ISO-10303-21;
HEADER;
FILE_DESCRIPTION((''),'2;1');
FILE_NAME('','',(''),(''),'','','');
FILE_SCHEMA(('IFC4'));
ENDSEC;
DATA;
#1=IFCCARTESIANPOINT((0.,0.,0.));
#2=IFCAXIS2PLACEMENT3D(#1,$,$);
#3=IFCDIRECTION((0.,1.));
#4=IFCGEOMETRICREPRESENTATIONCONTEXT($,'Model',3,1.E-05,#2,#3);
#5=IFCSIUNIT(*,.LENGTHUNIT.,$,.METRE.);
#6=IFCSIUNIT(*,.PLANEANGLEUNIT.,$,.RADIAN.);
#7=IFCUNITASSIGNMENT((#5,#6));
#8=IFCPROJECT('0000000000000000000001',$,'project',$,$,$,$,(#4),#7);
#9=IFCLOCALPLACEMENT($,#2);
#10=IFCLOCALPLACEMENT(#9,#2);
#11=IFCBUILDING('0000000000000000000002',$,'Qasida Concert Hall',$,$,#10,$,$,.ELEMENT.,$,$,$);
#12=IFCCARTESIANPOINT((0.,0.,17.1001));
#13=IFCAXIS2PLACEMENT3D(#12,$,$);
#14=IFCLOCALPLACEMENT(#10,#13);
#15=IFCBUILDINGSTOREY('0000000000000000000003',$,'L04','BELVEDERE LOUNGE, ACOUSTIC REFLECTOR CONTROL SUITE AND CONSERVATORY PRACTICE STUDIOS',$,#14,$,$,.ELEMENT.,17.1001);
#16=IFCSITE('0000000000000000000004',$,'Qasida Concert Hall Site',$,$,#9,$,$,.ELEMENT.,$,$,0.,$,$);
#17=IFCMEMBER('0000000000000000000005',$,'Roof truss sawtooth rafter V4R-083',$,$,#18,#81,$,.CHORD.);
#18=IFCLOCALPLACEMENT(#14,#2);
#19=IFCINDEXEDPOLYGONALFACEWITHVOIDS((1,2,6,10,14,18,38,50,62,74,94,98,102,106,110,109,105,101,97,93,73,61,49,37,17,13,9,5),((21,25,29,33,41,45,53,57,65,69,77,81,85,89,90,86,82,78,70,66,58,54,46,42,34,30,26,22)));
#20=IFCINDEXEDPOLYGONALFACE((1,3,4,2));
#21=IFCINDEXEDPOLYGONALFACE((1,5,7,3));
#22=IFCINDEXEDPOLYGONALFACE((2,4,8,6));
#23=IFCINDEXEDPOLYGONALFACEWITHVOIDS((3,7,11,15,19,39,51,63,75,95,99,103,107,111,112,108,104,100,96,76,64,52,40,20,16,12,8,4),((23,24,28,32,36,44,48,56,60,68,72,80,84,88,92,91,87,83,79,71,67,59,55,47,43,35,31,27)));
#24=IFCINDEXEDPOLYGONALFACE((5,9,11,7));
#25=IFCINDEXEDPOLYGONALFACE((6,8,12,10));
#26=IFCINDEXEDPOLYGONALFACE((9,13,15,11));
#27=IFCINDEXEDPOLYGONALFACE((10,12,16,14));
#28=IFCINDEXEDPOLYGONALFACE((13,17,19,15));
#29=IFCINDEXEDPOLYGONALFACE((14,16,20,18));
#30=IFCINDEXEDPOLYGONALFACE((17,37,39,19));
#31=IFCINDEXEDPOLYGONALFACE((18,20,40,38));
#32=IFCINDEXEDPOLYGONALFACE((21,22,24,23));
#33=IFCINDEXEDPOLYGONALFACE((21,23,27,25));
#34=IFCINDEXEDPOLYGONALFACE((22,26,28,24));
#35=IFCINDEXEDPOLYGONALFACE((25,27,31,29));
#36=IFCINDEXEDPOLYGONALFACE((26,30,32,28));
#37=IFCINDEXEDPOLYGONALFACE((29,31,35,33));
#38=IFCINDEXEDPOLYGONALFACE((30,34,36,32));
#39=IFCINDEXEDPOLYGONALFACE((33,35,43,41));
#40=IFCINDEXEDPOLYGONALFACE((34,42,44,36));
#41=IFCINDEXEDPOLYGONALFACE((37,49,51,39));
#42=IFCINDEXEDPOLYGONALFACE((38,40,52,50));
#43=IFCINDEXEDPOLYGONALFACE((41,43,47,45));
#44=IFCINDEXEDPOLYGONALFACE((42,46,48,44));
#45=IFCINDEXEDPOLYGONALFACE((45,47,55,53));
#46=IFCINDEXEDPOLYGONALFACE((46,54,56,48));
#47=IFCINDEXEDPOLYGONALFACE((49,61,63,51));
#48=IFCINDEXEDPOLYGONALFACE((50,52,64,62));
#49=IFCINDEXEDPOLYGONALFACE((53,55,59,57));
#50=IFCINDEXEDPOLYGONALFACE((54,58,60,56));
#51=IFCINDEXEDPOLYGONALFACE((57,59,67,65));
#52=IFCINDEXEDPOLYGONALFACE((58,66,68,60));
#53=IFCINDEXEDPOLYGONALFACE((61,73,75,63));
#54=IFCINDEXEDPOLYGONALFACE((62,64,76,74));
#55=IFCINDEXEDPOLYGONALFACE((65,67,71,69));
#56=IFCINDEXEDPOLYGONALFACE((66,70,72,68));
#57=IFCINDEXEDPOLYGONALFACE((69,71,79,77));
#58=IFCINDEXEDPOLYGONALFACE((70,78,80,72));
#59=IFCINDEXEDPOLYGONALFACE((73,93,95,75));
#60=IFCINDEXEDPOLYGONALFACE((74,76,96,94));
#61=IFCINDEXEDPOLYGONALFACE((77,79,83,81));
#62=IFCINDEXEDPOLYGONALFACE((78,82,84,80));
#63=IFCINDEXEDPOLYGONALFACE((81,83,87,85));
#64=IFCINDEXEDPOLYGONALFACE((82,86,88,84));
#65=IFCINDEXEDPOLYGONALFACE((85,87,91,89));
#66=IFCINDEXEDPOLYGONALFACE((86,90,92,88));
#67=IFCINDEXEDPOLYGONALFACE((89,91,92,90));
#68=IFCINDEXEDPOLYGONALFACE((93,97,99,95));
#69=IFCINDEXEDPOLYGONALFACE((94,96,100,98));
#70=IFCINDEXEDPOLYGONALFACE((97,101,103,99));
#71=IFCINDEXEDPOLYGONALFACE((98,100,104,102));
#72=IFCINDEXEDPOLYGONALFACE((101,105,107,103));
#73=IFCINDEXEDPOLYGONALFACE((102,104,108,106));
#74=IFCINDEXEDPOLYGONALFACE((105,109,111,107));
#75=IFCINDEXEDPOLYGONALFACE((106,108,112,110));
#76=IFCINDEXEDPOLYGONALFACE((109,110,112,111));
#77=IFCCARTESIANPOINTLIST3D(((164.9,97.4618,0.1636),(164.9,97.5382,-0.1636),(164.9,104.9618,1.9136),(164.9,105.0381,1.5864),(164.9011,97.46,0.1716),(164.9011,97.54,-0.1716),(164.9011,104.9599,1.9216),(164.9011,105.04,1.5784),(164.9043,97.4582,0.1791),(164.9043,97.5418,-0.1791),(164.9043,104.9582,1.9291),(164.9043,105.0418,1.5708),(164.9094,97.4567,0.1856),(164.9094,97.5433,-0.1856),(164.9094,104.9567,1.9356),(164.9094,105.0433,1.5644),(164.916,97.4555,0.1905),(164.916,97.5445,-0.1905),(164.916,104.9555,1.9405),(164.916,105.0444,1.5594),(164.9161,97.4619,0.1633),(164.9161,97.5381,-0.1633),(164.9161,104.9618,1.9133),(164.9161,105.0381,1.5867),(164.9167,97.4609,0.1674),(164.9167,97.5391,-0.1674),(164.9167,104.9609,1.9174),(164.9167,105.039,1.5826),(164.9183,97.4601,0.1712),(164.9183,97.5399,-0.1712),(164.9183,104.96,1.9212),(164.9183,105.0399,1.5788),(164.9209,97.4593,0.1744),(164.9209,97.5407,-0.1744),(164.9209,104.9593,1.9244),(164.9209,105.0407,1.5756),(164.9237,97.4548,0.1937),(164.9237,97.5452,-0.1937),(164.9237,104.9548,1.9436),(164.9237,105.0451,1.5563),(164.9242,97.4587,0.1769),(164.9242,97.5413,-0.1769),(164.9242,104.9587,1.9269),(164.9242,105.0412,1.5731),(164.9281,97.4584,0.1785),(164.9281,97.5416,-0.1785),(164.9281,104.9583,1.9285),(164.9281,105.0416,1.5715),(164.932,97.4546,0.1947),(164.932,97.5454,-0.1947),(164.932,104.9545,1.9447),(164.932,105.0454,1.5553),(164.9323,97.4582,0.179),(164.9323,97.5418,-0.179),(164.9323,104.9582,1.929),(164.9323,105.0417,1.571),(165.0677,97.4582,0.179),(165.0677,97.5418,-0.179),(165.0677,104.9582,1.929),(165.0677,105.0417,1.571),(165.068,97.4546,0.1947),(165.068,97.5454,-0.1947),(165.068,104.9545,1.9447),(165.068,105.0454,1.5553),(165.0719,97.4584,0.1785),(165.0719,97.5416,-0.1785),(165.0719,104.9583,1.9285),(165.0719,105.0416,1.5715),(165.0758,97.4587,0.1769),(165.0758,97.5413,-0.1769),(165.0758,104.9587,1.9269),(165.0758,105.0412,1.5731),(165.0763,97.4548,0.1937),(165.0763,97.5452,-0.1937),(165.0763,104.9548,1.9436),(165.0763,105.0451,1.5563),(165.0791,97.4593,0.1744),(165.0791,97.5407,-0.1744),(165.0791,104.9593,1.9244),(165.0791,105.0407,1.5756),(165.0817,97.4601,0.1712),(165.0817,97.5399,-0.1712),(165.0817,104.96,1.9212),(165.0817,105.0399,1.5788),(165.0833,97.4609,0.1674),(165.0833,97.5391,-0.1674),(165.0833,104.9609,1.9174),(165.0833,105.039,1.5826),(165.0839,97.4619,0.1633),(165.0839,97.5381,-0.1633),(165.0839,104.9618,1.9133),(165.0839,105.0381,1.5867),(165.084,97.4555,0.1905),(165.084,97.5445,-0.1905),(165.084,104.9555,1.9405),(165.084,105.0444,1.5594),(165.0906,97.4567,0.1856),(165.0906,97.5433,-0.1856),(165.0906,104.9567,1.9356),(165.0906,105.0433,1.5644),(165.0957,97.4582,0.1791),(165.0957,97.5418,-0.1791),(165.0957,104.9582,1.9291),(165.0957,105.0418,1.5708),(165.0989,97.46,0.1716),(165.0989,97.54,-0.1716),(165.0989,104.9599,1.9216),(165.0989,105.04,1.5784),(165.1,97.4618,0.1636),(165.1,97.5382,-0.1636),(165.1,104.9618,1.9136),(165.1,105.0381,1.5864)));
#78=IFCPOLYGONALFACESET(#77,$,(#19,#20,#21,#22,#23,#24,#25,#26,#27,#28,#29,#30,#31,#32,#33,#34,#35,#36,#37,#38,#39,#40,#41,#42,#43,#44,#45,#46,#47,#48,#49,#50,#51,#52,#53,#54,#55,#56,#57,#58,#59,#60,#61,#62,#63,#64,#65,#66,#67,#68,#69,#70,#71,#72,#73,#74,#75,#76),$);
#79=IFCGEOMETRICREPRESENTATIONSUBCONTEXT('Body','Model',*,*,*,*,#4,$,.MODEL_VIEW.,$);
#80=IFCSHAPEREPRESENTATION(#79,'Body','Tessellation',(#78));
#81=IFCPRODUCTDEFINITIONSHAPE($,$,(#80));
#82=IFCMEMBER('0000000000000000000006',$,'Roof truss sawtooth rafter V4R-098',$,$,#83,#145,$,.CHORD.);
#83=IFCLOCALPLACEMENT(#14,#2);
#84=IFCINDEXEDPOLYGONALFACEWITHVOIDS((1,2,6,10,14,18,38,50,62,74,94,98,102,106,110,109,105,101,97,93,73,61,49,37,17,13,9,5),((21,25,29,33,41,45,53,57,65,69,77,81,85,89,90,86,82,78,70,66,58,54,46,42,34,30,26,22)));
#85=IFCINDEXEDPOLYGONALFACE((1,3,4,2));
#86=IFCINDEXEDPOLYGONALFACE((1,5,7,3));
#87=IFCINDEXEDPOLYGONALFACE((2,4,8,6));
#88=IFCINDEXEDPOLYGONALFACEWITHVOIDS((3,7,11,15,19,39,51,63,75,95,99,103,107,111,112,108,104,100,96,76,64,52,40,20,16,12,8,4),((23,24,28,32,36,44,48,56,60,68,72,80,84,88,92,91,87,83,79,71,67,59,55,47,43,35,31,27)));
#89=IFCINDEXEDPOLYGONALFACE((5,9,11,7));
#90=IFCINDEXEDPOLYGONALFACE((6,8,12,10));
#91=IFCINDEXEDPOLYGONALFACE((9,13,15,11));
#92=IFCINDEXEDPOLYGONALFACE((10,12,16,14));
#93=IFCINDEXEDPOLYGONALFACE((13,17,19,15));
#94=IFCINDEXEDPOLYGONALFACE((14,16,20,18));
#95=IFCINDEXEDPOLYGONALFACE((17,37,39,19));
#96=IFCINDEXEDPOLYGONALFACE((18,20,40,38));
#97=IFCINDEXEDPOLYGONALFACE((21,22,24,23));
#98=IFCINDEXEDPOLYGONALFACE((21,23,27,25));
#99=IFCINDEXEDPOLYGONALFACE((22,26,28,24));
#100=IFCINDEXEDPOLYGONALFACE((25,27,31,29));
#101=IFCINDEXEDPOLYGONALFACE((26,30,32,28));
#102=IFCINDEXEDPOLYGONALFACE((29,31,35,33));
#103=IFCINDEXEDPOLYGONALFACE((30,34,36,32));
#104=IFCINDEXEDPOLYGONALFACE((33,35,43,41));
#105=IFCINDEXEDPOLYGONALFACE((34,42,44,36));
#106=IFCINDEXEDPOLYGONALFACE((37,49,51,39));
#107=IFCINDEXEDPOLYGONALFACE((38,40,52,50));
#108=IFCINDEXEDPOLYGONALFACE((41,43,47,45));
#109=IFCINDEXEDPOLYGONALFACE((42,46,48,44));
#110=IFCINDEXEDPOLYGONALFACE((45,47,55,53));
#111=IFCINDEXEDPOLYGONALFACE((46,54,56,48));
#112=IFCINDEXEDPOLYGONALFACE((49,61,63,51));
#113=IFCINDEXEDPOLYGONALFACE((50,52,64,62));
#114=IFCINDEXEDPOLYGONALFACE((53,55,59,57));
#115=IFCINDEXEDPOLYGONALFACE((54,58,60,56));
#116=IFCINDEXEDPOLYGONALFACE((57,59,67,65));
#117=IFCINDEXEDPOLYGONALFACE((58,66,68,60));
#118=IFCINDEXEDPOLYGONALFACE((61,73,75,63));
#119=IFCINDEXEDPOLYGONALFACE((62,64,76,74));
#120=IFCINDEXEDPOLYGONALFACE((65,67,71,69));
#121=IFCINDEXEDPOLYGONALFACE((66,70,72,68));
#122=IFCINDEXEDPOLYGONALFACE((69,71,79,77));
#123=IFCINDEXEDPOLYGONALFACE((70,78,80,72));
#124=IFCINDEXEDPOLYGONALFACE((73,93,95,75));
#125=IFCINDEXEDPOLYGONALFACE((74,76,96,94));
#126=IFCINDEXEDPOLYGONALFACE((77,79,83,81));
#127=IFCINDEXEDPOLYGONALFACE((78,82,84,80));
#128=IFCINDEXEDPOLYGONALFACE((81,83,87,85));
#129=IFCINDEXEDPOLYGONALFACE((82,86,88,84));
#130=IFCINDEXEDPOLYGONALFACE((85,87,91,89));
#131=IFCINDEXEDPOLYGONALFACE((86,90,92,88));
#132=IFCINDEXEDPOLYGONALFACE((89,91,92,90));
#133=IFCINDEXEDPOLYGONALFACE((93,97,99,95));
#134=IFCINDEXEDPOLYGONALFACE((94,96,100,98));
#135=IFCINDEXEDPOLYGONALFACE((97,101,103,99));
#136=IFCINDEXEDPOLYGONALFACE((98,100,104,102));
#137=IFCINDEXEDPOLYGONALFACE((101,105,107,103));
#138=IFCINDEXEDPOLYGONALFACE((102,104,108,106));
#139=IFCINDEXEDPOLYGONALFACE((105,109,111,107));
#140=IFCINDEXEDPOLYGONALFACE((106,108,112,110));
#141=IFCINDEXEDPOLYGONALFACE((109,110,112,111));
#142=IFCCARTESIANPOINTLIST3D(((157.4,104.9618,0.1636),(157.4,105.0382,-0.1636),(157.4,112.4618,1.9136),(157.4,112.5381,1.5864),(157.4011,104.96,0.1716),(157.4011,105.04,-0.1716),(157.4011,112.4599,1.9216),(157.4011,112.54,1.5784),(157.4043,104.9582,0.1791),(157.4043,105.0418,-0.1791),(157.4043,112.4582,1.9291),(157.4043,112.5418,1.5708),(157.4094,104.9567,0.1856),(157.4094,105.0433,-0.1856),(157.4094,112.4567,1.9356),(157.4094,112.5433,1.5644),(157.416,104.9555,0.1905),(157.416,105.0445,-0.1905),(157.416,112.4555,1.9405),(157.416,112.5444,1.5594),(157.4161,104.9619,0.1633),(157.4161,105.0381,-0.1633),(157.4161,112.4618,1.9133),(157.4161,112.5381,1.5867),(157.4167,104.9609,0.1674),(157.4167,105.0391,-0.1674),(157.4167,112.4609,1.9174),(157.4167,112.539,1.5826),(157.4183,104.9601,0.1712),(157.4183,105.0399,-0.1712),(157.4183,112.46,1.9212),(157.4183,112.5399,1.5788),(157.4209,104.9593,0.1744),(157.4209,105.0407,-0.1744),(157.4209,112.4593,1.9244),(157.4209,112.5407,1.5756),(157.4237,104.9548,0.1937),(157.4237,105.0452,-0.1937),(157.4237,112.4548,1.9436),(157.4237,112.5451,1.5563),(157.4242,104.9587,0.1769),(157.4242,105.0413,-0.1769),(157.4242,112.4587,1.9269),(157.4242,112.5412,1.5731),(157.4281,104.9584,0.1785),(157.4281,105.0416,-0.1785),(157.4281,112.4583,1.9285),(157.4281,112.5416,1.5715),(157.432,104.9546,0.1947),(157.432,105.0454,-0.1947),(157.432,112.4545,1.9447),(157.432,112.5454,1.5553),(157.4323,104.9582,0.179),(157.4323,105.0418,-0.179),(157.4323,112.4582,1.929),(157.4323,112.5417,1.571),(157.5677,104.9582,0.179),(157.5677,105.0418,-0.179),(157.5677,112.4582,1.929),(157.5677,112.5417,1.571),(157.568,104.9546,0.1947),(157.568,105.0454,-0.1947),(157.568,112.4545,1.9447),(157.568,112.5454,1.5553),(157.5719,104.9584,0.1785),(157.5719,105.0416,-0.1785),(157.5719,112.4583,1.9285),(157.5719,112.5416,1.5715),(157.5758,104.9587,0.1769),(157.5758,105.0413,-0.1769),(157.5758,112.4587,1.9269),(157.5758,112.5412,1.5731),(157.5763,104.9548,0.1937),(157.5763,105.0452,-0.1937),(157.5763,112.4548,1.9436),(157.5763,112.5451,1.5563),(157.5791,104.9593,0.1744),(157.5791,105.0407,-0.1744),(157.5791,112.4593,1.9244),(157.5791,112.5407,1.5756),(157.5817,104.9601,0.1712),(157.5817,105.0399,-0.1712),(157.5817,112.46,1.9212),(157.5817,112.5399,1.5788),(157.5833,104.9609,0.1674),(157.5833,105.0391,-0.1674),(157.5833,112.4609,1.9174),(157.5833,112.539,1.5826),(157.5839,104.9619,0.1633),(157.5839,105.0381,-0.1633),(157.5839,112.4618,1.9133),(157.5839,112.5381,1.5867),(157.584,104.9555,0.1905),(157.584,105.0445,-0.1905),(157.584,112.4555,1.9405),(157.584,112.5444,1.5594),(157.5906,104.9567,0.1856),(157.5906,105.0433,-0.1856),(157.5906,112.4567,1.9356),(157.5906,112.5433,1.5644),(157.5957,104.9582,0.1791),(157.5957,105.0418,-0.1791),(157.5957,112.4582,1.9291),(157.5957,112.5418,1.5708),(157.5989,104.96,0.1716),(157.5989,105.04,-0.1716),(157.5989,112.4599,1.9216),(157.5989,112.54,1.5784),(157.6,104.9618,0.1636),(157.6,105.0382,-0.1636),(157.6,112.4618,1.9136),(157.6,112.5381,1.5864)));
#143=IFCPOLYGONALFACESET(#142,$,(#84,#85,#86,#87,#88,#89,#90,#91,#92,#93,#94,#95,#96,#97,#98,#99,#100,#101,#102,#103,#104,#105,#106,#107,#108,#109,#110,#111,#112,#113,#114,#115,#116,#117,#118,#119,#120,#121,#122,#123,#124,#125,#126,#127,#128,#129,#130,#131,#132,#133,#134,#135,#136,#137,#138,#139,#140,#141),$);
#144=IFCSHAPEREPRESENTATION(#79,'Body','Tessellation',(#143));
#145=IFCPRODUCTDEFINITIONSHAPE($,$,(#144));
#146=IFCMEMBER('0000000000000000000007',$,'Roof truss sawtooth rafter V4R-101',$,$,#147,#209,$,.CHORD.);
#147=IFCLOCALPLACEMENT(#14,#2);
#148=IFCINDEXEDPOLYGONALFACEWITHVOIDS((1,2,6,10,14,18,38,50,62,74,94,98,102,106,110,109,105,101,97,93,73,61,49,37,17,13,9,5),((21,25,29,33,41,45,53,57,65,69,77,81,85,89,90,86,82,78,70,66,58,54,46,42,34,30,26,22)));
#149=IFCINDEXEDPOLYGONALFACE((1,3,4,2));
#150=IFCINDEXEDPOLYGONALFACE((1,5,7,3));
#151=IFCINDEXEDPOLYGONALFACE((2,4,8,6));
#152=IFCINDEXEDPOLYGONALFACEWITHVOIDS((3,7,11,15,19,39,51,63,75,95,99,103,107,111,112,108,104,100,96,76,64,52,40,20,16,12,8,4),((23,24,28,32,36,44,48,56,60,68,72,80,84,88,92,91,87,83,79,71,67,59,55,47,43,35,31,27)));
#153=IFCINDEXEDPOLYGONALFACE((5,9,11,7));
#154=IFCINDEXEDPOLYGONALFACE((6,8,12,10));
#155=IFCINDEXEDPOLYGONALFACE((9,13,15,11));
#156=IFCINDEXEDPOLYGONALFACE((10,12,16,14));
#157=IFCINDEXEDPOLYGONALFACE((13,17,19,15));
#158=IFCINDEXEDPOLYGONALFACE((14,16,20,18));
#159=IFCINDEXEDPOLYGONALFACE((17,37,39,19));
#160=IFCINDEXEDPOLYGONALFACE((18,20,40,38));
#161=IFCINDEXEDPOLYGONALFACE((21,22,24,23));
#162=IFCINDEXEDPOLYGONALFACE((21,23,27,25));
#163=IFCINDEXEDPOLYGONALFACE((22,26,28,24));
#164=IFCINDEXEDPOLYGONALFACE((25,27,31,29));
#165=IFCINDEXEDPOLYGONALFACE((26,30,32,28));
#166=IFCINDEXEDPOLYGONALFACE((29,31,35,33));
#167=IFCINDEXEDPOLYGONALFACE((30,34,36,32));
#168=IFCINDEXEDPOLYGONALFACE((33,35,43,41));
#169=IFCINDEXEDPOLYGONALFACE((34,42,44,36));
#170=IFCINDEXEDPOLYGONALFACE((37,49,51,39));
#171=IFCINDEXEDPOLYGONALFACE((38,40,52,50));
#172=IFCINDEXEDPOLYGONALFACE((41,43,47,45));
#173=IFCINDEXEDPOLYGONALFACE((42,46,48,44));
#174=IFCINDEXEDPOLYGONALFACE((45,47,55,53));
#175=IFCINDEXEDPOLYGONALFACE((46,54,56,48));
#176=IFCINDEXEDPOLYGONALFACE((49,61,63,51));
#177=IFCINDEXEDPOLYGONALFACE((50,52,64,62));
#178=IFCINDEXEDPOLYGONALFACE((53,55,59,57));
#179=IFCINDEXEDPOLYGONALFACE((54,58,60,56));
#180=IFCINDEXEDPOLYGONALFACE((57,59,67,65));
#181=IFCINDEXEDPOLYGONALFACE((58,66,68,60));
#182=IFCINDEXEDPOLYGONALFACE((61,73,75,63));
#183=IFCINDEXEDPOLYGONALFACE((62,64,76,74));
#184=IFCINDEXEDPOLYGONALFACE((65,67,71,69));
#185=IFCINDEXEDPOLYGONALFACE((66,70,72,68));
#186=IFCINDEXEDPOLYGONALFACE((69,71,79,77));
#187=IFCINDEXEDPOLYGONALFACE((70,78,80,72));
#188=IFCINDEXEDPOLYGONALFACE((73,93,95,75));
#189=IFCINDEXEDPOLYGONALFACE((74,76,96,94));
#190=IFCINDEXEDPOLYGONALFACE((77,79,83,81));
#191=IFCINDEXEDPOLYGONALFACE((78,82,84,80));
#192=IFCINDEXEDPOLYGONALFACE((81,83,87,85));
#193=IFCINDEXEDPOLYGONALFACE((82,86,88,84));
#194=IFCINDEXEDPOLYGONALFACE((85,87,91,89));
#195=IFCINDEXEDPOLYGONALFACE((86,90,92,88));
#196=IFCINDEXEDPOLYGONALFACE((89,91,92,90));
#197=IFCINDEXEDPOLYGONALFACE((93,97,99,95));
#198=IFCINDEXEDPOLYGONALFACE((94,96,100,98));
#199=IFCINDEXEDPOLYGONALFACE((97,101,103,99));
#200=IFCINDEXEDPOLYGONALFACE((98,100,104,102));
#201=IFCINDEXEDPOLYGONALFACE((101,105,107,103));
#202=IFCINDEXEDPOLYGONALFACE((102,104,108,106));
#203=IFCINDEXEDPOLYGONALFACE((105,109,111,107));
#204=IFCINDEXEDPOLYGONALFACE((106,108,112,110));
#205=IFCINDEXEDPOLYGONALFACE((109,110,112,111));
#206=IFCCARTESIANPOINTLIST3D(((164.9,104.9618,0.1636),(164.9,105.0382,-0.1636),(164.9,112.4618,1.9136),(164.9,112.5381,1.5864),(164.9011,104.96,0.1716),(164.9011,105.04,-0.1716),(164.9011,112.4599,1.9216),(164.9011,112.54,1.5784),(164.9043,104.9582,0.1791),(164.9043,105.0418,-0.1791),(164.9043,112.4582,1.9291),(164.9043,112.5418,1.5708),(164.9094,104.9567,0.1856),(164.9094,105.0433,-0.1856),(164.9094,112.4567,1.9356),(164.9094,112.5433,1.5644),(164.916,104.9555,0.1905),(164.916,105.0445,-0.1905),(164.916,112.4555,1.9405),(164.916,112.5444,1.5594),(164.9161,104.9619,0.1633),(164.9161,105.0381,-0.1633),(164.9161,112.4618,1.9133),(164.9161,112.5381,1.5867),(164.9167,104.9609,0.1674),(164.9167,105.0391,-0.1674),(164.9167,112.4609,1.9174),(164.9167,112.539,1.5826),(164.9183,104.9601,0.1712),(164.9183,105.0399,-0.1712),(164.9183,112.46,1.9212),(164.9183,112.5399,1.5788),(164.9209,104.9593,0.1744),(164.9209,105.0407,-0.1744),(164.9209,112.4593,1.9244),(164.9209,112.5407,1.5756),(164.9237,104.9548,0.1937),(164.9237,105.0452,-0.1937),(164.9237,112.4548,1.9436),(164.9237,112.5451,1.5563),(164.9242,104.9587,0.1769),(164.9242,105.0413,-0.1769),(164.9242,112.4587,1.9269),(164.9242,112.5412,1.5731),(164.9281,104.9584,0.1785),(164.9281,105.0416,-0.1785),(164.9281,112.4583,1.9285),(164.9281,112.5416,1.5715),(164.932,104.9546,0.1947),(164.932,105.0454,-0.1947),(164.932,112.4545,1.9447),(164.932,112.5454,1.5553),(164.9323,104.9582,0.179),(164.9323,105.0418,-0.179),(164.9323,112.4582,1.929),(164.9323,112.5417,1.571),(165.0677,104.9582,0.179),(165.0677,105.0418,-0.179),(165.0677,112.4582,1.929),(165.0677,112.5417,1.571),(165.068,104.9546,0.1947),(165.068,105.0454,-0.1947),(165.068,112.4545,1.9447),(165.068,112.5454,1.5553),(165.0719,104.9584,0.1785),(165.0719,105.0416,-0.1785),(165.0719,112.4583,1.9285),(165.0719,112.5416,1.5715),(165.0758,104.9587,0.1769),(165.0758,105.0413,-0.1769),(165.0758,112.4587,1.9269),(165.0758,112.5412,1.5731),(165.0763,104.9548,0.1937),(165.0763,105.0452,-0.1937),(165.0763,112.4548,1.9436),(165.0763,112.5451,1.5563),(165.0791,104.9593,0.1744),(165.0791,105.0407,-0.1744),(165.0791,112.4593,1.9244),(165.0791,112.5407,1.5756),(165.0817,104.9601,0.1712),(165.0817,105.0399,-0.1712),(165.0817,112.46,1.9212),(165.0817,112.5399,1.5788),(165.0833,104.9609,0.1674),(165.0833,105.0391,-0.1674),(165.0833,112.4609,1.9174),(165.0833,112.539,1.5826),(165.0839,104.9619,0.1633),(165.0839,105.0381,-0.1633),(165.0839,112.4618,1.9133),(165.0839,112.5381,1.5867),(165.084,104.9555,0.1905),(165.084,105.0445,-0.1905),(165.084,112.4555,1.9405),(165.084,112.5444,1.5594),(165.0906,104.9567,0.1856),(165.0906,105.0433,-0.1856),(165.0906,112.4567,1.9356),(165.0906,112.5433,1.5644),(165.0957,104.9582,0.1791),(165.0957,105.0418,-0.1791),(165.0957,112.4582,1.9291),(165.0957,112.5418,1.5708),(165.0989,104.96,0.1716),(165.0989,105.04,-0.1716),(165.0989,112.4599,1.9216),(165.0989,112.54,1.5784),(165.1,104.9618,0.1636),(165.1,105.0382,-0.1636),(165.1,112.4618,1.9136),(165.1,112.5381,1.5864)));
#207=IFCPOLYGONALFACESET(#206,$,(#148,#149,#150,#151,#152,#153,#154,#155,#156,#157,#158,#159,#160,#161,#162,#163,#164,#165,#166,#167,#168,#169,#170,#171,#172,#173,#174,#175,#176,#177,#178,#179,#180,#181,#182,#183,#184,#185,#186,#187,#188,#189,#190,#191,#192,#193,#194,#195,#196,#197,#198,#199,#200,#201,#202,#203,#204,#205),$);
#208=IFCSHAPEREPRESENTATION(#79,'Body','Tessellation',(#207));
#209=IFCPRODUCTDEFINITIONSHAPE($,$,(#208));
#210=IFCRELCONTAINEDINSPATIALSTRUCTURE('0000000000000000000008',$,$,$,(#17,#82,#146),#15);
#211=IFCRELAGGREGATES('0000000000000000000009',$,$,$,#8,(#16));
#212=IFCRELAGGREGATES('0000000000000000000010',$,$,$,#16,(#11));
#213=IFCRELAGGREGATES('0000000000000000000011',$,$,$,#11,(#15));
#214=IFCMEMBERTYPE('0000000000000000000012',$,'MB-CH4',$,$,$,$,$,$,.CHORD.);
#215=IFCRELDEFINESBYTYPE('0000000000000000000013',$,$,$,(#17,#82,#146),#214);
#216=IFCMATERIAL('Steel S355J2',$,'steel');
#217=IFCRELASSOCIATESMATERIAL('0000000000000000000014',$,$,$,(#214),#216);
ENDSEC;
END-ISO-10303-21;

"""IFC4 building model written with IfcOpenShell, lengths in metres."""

from ifc_helpers import new_model, si_unit, direction, frame, origin, origin_2d, place, context, subcontext, project, spatial, hollow_rectangle, extrude, material, material_profile, profile_set, type_object, element, save


model = new_model("IFC4")

# Units and contexts
model_context = context("Model", 3, precision=1e-05, world=origin(), true_north=direction((0.0, 1.0)))
body_context = subcontext(model_context, "Body", "Model", "MODEL_VIEW")
ifc_project = project(units=[si_unit("LENGTHUNIT", "METRE"), si_unit("PLANEANGLEUNIT", "RADIAN")], contexts=[model_context])

# Site, building, storey
site_placement = place(None, origin())
site = spatial("IfcSite", under=ifc_project, at=site_placement, Name="Qasida Concert Hall Site", CompositionType="ELEMENT", RefElevation=0.0)
building_placement = place(site_placement, origin())
building = spatial("IfcBuilding", under=site, at=building_placement, Name="Qasida Concert Hall", CompositionType="ELEMENT")
storey_placement = place(building_placement, frame((0.0, 0.0, 17.1001)))
storey = spatial("IfcBuildingStorey", under=building, at=storey_placement, Name="L04", Description="BELVEDERE LOUNGE, ACOUSTIC REFLECTOR CONTROL SUITE AND CONSERVATORY PRACTICE STUDIOS", CompositionType="ELEMENT", Elevation=17.1001)

# Members
ifc_material_1 = material(Name="Steel S355J2", Category="steel")
ifc_material_profile_1 = material_profile(ifc_material_1, hollow_rectangle(XDim=0.2, YDim=0.3999, WallThickness=0.0161, InnerFilletRadius=0.0161, OuterFilletRadius=0.032, at=origin_2d()), Name="RHS 400x200x16")
ifc_profile_set_1 = profile_set([ifc_material_profile_1], Name="Steel S355J2")
member_type_1 = type_object("IfcMemberType", Name="MB-CH4", PredefinedType="CHORD", material=ifc_profile_set_1)
for number, where, z_axis, x_axis, name in (
    (1, (165.0, 97.5, 0.0), (0.0, 0.973841, 0.22723), (-1.0, 0.0, 0.0), "Roof truss sawtooth rafter V4R-083"),
    (2, (157.5, 105.0, 0.0), (0.0, 0.973841, 0.22723), (-1.0, 0.0, 0.0), "Roof truss sawtooth rafter V4R-098"),
    (3, (165.0, 105.0, 0.0), (0.0, 0.973841, 0.22723), (-1.0, 0.0, 0.0), "Roof truss sawtooth rafter V4R-101"),
):
    element("IfcMember", number, at=place(storey_placement, frame(where, z_axis=z_axis, x_axis=x_axis)), inside=storey, type_object=member_type_1, Name=name, PredefinedType="CHORD", context=body_context, shape_type="SweptSolid", body=[
        extrude(hollow_rectangle(XDim=0.2, YDim=0.3999, WallThickness=0.0161, InnerFilletRadius=0.0161, OuterFilletRadius=0.032, at=origin_2d()), origin(), (0.0, 0.0, 1.0), 7.7014),
    ])

save(model, "model.ifc")
